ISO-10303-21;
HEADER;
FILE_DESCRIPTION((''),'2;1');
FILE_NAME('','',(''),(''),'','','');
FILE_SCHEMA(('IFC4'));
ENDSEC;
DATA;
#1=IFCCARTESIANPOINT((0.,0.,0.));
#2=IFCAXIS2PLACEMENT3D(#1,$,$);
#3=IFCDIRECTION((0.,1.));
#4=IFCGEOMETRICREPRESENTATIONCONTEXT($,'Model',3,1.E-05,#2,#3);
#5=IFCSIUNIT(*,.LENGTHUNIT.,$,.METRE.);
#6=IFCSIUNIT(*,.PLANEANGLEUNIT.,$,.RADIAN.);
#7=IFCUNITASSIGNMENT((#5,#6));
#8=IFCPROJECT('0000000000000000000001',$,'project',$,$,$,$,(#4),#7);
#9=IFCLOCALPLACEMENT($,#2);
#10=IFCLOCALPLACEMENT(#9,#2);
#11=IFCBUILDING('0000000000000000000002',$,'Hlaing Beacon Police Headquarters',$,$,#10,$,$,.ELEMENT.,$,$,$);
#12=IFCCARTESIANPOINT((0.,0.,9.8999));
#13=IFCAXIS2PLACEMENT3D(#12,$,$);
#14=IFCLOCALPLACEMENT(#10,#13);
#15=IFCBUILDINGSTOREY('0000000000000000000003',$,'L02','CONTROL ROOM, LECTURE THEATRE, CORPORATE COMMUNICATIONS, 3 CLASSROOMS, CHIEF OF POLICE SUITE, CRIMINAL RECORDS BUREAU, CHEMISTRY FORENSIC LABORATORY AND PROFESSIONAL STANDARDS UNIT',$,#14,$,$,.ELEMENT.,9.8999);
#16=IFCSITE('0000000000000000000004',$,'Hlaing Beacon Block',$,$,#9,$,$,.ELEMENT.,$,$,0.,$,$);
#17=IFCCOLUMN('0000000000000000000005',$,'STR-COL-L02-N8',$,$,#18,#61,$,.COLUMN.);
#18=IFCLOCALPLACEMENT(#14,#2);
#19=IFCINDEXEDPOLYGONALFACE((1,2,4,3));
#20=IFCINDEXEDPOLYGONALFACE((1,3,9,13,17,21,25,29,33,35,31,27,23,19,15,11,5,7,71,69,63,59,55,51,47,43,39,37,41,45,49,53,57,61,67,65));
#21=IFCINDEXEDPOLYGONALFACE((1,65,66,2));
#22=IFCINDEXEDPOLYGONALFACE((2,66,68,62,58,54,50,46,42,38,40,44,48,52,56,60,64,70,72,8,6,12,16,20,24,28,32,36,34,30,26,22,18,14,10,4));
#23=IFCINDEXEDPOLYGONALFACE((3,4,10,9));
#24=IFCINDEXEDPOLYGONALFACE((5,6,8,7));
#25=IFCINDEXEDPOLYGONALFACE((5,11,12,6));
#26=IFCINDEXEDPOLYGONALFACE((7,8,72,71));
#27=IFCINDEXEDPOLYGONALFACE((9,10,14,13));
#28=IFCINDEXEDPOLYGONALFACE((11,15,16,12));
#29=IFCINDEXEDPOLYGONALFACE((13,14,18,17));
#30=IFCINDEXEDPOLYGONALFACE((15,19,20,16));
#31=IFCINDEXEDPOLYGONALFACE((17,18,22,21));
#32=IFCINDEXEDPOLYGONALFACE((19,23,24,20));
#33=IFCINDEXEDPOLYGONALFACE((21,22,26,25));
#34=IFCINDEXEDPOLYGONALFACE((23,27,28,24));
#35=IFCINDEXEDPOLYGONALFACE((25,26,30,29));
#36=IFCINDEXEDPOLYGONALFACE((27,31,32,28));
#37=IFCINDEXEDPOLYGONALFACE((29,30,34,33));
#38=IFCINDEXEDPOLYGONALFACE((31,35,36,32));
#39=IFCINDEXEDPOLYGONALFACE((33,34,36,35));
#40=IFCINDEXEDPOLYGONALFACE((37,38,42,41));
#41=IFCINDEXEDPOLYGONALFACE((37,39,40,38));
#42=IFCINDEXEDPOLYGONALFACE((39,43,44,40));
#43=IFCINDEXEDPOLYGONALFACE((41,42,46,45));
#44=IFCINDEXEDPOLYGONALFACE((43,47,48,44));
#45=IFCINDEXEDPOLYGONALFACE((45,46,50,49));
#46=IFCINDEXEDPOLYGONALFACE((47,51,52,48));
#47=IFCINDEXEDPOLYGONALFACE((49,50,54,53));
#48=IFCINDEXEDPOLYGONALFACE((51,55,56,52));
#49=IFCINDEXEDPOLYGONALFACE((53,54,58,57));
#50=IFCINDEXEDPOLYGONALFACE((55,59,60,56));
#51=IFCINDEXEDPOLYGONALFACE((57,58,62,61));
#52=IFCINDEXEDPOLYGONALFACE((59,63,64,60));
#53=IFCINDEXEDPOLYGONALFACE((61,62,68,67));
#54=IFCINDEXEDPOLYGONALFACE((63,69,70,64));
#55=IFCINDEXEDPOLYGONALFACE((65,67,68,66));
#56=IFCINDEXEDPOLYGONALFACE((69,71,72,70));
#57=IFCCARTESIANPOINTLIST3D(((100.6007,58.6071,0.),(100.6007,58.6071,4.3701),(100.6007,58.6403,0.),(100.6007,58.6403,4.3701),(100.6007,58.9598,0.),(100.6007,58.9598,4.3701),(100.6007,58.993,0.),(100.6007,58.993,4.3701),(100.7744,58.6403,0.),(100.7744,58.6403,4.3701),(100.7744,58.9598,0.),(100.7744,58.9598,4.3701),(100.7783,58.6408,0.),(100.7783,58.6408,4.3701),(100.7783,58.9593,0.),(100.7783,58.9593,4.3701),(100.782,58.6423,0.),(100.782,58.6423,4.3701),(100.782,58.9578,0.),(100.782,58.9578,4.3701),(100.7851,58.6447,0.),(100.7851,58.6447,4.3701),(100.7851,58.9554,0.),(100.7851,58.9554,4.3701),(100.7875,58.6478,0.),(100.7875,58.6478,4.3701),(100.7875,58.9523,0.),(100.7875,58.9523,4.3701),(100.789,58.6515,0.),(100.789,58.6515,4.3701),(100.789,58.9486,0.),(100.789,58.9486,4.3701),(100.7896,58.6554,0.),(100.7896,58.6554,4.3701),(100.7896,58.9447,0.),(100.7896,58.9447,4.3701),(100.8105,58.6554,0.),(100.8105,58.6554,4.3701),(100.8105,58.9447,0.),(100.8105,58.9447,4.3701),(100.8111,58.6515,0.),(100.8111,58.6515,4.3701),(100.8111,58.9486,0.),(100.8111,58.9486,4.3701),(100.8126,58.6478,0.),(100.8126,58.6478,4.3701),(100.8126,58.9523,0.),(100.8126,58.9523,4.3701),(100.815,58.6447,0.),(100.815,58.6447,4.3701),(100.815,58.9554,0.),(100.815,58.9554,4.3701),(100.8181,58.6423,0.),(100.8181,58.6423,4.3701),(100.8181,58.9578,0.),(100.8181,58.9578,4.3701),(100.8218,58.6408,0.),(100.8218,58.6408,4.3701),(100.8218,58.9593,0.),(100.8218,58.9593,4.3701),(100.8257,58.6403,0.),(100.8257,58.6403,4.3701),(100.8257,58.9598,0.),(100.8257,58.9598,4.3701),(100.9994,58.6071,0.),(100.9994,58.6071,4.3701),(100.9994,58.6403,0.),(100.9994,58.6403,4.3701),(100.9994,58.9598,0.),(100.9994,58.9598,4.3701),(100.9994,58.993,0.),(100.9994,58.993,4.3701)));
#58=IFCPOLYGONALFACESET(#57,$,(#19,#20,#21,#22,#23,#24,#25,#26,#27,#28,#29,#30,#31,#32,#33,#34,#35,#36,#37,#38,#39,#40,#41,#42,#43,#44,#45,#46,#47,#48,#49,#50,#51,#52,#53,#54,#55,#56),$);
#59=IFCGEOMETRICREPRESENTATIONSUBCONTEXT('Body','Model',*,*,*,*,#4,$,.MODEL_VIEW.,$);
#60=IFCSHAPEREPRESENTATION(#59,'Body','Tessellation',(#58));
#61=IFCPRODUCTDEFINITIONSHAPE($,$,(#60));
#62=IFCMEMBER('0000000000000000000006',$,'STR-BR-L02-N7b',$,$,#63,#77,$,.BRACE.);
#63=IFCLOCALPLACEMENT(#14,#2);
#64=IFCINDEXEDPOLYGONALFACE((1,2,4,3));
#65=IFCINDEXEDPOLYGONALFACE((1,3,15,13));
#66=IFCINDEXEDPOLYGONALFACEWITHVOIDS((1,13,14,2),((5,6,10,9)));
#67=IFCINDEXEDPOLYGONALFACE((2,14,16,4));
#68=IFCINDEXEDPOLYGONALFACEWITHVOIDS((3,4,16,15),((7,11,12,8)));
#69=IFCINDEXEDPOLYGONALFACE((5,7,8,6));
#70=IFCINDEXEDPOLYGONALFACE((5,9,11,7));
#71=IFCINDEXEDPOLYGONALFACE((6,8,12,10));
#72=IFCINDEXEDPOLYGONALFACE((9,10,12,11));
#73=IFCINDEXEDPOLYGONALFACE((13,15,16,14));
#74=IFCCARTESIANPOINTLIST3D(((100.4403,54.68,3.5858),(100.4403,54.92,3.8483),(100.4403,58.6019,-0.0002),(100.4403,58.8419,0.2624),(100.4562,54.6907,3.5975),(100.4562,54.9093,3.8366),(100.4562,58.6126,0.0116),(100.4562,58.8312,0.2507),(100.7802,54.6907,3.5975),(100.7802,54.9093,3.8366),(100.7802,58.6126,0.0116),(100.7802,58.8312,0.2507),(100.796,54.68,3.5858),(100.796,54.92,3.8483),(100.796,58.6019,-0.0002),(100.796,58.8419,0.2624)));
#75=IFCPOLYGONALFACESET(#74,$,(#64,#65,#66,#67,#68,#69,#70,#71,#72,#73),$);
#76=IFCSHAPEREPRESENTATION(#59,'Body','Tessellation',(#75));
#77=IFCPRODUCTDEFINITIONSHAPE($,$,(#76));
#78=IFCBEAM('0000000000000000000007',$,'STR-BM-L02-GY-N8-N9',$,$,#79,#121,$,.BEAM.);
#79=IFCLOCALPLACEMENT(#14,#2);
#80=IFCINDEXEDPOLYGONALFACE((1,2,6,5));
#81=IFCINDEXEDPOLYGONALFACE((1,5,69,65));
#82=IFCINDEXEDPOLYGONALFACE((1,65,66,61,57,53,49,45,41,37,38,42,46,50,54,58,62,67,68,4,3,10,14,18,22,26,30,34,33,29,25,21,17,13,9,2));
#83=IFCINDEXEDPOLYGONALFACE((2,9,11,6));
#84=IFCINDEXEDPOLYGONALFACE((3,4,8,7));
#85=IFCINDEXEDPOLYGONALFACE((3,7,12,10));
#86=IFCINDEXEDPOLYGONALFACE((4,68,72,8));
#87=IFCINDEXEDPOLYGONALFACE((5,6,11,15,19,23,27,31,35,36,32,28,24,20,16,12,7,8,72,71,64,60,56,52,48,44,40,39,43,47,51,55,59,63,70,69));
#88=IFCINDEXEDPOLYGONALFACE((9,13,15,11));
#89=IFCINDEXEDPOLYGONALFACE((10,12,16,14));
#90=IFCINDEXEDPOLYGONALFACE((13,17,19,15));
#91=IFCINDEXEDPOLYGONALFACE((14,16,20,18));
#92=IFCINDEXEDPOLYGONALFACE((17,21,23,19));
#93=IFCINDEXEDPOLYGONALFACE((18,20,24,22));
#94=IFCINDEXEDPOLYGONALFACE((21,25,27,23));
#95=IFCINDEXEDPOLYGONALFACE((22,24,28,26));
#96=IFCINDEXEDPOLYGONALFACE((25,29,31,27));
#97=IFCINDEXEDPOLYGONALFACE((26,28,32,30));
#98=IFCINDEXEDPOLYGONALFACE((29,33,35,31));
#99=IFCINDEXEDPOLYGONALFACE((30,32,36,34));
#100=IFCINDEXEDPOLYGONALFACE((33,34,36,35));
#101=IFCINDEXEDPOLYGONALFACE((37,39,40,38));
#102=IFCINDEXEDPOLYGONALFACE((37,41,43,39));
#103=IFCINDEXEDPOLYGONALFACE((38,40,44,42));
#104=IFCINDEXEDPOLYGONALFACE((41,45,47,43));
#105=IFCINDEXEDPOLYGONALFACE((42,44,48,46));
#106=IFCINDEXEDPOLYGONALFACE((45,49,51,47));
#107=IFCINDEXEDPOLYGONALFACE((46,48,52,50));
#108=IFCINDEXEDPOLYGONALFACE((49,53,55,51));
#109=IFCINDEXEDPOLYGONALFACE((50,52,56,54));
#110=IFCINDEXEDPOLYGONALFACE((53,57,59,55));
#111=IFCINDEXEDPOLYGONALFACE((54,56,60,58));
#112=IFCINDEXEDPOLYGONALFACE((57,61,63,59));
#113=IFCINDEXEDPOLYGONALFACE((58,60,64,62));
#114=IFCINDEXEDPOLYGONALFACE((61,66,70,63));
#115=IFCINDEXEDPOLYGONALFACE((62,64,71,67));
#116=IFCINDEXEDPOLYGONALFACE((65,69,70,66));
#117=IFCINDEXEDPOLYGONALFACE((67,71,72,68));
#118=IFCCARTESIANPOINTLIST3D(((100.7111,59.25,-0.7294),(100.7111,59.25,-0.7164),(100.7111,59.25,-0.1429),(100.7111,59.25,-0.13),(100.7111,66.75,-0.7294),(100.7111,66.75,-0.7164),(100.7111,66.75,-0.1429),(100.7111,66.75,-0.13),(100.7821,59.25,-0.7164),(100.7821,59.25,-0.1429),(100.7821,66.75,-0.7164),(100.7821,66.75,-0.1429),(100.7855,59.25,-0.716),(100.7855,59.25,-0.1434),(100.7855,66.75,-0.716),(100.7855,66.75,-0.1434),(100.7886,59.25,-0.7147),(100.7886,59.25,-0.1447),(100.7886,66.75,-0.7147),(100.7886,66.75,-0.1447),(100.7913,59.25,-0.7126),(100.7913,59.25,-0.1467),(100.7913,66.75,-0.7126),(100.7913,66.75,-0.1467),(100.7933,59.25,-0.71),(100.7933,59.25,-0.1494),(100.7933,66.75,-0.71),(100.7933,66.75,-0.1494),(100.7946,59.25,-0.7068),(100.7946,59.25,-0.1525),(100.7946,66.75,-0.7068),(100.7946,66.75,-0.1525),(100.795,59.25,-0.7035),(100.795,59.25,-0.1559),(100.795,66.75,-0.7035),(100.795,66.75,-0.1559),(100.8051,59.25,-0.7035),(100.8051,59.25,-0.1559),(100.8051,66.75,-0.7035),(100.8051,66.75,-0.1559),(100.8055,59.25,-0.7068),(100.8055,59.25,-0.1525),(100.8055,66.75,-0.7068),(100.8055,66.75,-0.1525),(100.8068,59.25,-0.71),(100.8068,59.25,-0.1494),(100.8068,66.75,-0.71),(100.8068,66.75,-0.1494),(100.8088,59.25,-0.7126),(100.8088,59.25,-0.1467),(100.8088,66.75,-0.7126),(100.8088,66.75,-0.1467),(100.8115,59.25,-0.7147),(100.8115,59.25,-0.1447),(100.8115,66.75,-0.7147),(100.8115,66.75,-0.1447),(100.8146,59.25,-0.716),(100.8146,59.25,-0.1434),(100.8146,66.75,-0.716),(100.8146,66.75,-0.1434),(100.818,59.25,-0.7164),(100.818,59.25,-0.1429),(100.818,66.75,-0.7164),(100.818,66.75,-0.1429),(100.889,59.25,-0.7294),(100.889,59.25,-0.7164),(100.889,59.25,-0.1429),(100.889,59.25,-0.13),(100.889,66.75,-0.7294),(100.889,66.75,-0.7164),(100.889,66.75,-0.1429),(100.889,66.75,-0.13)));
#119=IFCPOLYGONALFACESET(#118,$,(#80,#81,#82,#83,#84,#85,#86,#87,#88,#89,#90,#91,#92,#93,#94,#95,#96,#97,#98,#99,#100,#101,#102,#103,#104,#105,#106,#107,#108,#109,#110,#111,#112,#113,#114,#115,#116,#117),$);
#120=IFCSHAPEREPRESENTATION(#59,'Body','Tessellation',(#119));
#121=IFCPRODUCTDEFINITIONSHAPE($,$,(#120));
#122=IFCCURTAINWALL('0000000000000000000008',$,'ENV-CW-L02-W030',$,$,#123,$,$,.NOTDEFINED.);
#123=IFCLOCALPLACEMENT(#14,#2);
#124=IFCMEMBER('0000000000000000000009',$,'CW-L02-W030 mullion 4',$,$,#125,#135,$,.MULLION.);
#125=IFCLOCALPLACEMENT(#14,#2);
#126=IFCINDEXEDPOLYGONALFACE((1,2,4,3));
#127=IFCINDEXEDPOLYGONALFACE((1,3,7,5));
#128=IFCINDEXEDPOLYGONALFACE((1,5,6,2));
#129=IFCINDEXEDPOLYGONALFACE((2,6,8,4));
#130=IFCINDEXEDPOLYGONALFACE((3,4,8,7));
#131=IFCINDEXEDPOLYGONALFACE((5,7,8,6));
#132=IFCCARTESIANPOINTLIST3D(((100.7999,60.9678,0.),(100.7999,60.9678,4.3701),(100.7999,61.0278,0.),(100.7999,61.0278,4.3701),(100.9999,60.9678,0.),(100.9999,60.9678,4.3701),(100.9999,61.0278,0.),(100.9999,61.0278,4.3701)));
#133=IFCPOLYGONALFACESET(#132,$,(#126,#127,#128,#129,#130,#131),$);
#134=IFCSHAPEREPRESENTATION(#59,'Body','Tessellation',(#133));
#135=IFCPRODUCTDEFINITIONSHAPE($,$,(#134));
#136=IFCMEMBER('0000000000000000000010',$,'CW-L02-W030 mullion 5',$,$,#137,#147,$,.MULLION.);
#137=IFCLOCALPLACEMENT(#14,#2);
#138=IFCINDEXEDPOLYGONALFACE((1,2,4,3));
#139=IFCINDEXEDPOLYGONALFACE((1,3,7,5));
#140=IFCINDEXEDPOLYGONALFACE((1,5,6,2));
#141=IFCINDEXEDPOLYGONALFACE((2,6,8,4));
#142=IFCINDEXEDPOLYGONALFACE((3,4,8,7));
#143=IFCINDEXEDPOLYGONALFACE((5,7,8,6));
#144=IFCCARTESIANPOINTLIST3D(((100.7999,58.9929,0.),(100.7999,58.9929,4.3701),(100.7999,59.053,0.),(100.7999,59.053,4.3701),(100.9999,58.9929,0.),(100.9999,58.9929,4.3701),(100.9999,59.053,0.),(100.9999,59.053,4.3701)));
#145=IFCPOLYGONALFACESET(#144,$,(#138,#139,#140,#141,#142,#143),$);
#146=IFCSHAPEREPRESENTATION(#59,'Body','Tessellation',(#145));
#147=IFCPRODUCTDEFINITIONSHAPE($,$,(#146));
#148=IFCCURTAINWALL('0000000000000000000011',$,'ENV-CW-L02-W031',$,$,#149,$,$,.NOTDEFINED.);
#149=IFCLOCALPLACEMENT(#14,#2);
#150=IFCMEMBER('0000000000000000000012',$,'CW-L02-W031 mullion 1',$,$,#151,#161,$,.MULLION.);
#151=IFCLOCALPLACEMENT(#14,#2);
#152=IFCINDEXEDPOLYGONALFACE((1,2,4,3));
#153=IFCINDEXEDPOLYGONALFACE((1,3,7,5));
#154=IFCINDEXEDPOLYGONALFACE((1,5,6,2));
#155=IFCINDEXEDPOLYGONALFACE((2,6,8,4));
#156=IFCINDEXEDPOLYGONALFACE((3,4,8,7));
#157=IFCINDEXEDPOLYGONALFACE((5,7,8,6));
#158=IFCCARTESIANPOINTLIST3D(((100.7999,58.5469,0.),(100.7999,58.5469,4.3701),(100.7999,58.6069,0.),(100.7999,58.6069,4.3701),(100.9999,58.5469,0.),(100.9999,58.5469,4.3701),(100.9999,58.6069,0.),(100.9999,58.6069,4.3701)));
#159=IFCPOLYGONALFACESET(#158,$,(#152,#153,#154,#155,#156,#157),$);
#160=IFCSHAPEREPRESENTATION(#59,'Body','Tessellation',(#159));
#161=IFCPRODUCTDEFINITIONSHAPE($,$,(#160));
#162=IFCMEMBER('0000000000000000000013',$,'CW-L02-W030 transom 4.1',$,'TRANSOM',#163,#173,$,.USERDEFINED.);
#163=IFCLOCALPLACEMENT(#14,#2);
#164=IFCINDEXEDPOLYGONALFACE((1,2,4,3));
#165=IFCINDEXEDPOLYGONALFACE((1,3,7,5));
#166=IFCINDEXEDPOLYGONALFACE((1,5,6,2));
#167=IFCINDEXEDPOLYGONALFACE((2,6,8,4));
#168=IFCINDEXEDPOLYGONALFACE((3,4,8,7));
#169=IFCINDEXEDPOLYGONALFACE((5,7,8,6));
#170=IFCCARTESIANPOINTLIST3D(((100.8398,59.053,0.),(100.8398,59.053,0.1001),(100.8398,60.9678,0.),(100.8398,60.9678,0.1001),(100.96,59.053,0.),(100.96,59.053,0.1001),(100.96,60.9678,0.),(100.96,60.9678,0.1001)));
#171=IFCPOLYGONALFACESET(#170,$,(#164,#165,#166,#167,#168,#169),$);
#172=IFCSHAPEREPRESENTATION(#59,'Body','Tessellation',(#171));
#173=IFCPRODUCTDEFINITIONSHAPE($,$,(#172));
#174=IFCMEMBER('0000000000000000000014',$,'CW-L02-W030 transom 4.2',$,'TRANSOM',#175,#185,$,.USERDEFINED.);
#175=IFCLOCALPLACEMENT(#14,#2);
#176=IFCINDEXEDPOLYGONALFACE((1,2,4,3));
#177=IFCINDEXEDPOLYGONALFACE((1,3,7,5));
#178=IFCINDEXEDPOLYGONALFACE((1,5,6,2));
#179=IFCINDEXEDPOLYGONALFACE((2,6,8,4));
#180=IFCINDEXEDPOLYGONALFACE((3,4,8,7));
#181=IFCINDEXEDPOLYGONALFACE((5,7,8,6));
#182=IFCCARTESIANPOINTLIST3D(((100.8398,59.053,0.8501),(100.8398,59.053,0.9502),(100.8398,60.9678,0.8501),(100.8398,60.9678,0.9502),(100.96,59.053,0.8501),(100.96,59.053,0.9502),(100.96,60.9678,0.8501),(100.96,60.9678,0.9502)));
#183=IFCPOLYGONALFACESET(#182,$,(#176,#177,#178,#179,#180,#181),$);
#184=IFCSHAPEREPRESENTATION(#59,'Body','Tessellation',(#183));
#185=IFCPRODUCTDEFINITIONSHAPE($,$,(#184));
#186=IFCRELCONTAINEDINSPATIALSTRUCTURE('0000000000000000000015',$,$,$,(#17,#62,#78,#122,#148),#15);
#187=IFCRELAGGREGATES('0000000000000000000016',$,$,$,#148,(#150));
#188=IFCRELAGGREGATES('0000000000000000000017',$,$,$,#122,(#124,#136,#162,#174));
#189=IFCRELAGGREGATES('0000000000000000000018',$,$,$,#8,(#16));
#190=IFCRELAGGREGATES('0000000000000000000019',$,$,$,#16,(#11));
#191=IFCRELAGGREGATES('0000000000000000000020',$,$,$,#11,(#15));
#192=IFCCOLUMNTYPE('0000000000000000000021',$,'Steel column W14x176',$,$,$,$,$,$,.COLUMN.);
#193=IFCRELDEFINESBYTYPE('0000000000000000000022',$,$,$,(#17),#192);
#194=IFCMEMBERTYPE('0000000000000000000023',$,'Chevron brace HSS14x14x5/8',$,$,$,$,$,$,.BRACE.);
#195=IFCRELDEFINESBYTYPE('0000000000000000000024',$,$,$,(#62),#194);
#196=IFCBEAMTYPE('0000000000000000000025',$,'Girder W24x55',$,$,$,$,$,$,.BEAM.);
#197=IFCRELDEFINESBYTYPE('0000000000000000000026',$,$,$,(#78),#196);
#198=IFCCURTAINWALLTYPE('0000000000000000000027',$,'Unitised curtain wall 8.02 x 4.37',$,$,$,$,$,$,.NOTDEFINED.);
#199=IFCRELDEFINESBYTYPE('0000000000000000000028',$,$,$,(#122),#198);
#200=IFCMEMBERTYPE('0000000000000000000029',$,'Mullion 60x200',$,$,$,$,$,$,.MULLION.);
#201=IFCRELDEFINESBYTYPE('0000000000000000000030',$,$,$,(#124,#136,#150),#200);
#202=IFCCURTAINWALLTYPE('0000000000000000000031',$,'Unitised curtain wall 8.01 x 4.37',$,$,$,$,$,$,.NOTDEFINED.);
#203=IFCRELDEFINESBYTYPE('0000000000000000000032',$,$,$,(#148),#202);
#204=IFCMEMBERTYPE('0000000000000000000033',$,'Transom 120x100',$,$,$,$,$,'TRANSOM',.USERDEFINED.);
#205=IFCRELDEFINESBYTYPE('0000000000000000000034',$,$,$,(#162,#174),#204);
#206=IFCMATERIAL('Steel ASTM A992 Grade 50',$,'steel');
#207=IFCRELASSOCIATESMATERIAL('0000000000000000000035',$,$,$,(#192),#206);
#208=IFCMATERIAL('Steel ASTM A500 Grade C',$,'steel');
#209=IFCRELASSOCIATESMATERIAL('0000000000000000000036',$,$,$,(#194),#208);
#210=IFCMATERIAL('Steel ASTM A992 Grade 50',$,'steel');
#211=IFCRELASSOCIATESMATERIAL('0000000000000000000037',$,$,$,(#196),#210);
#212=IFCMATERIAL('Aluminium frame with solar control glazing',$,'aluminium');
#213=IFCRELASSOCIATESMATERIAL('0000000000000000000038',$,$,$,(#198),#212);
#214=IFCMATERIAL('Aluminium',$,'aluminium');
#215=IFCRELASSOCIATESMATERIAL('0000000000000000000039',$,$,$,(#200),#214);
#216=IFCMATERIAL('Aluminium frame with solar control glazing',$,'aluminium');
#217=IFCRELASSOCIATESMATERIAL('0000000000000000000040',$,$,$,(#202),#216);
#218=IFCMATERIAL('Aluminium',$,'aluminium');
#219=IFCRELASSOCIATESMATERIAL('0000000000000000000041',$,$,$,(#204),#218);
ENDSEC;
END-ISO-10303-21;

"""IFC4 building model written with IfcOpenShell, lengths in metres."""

from ifc_helpers import new_model, si_unit, direction, frame, origin, origin_2d, place, context, subcontext, project, spatial, rectangle, hollow_rectangle, i_section, extrude, material, material_profile, profile_set, type_object, element, aggregate, save


model = new_model("IFC4")

# Units and contexts
model_context = context("Model", 3, precision=1e-05, world=origin(), true_north=direction((0.0, 1.0)))
body_context = subcontext(model_context, "Body", "Model", "MODEL_VIEW")
ifc_project = project(units=[si_unit("LENGTHUNIT", "METRE"), si_unit("PLANEANGLEUNIT", "RADIAN")], contexts=[model_context])

# Site, building, storey
site_placement = place(None, origin())
site = spatial("IfcSite", under=ifc_project, at=site_placement, Name="Hlaing Beacon Block", CompositionType="ELEMENT", RefElevation=0.0)
building_placement = place(site_placement, origin())
building = spatial("IfcBuilding", under=site, at=building_placement, Name="Hlaing Beacon Police Headquarters", CompositionType="ELEMENT")
storey_placement = place(building_placement, frame((0.0, 0.0, 9.8999)))
storey = spatial("IfcBuildingStorey", under=building, at=storey_placement, Name="L02", Description="CONTROL ROOM, LECTURE THEATRE, CORPORATE COMMUNICATIONS, 3 CLASSROOMS, CHIEF OF POLICE SUITE, CRIMINAL RECORDS BUREAU, CHEMISTRY FORENSIC LABORATORY AND PROFESSIONAL STANDARDS UNIT", CompositionType="ELEMENT", Elevation=9.8999)

# Column
ifc_material_1 = material(Name="Steel ASTM A992 Grade 50", Category="steel")
ifc_material_profile_1 = material_profile(ifc_material_1, i_section(OverallWidth=0.3987, OverallDepth=0.386, WebThickness=0.021, FlangeThickness=0.0332, FilletRadius=0.0151, at=origin_2d()), Name="W14x176")
ifc_profile_set_1 = profile_set([ifc_material_profile_1], Name="Steel ASTM A992 Grade 50")
column_type = type_object("IfcColumnType", Name="Steel column W14x176", PredefinedType="COLUMN", material=ifc_profile_set_1)
column_placement = place(storey_placement, frame((100.8, 58.8, 0.0), z_axis=(0.0, 0.0, 1.0), x_axis=(1.0, 0.0, 0.0)))
element("IfcColumn", 1, at=column_placement, inside=storey, type_object=column_type, Name="STR-COL-L02-N8", PredefinedType="COLUMN", context=body_context, shape_type="SweptSolid", body=[
    extrude(i_section(OverallWidth=0.3987, OverallDepth=0.386, WebThickness=0.021, FlangeThickness=0.0332, FilletRadius=0.0151, at=origin_2d()), origin(), (0.0, 0.0, 1.0), 4.3701),
])

# Member
ifc_material_2 = material(Name="Steel ASTM A500 Grade C", Category="steel")
ifc_material_profile_2 = material_profile(ifc_material_2, hollow_rectangle(XDim=0.3557, YDim=0.3557, WallThickness=0.0159, at=origin_2d()), Name="HSS14x14x5/8")
ifc_profile_set_2 = profile_set([ifc_material_profile_2], Name="Steel ASTM A500 Grade C")
member_type_1 = type_object("IfcMemberType", Name="Chevron brace HSS14x14x5/8", PredefinedType="BRACE", material=ifc_profile_set_2)
member_1_placement = place(storey_placement, frame((100.6182, 58.7219, 0.1311), z_axis=(0.0, -0.738008, 0.674792), x_axis=(1.0, 0.0, 0.0)))
element("IfcMember", 2, at=member_1_placement, inside=storey, type_object=member_type_1, Name="STR-BR-L02-N7b", PredefinedType="BRACE", context=body_context, shape_type="SweptSolid", body=[
    extrude(hollow_rectangle(XDim=0.3557, YDim=0.3557, WallThickness=0.0159, at=origin_2d()), origin(), (0.0, 0.0, 1.0), 5.3142),
])

# Beam
ifc_material_3 = material(Name="Steel ASTM A992 Grade 50", Category="steel")
ifc_material_profile_3 = material_profile(ifc_material_3, i_section(OverallWidth=0.178, OverallDepth=0.5994, WebThickness=0.01, FlangeThickness=0.0129, FilletRadius=0.0129, at=origin_2d()), Name="W24x55")
ifc_profile_set_3 = profile_set([ifc_material_profile_3], Name="Steel ASTM A992 Grade 50")
beam_type = type_object("IfcBeamType", Name="Girder W24x55", PredefinedType="BEAM", material=ifc_profile_set_3)
beam_placement = place(storey_placement, frame((100.8, 59.25, -0.4297), z_axis=(0.0, 1.0, 0.0), x_axis=(-1.0, 0.0, 0.0)))
element("IfcBeam", 3, at=beam_placement, inside=storey, type_object=beam_type, Name="STR-BM-L02-GY-N8-N9", PredefinedType="BEAM", context=body_context, shape_type="SweptSolid", body=[
    extrude(i_section(OverallWidth=0.178, OverallDepth=0.5994, WebThickness=0.01, FlangeThickness=0.0129, FilletRadius=0.0129, at=origin_2d()), origin(), (0.0, 0.0, 1.0), 7.5),
])

# Curtain wall, members
ifc_material_4 = material(Name="Aluminium frame with solar control glazing", Category="aluminium")
curtain_wall_type_1 = type_object("IfcCurtainWallType", Name="Unitised curtain wall 8.02 x 4.37", PredefinedType="NOTDEFINED", material=ifc_material_4)
curtain_wall_1_placement = place(storey_placement, origin())
curtain_wall_1 = element("IfcCurtainWall", 4, at=curtain_wall_1_placement, inside=storey, type_object=curtain_wall_type_1, Name="ENV-CW-L02-W030", PredefinedType="NOTDEFINED")
ifc_material_5 = material(Name="Aluminium", Category="aluminium")
ifc_material_profile_4 = material_profile(ifc_material_5, rectangle(XDim=0.2, YDim=0.0601, at=origin_2d()), Name="Mullion 60x200")
ifc_profile_set_4 = profile_set([ifc_material_profile_4], Name="Aluminium")
member_type_2 = type_object("IfcMemberType", Name="Mullion 60x200", PredefinedType="MULLION", material=ifc_profile_set_4)
member_2_placement = place(storey_placement, frame((100.8999, 60.9978, 0.0), z_axis=(0.0, 0.0, 1.0), x_axis=(1.0, 0.0, 0.0)))
member_2 = element("IfcMember", 5, at=member_2_placement, type_object=member_type_2, Name="CW-L02-W030 mullion 4", PredefinedType="MULLION", context=body_context, shape_type="SweptSolid", body=[
    extrude(rectangle(XDim=0.2, YDim=0.0601, at=origin_2d()), origin(), (0.0, 0.0, 1.0), 4.3701),
])
member_3_placement = place(storey_placement, frame((100.8999, 59.0229, 0.0), z_axis=(0.0, 0.0, 1.0), x_axis=(1.0, 0.0, 0.0)))
member_3 = element("IfcMember", 6, at=member_3_placement, type_object=member_type_2, Name="CW-L02-W030 mullion 5", PredefinedType="MULLION", context=body_context, shape_type="SweptSolid", body=[
    extrude(rectangle(XDim=0.2, YDim=0.0601, at=origin_2d()), origin(), (0.0, 0.0, 1.0), 4.3701),
])

# Curtain wall, member
ifc_material_6 = material(Name="Aluminium frame with solar control glazing", Category="aluminium")
curtain_wall_type_2 = type_object("IfcCurtainWallType", Name="Unitised curtain wall 8.01 x 4.37", PredefinedType="NOTDEFINED", material=ifc_material_6)
curtain_wall_2_placement = place(storey_placement, origin())
curtain_wall_2 = element("IfcCurtainWall", 7, at=curtain_wall_2_placement, inside=storey, type_object=curtain_wall_type_2, Name="ENV-CW-L02-W031", PredefinedType="NOTDEFINED")
member_4_placement = place(storey_placement, frame((100.8999, 58.5769, 0.0), z_axis=(0.0, 0.0, 1.0), x_axis=(1.0, 0.0, 0.0)))
member_4 = element("IfcMember", 8, at=member_4_placement, type_object=member_type_2, Name="CW-L02-W031 mullion 1", PredefinedType="MULLION", context=body_context, shape_type="SweptSolid", body=[
    extrude(rectangle(XDim=0.2, YDim=0.0601, at=origin_2d()), origin(), (0.0, 0.0, 1.0), 4.3701),
])

# Members
ifc_material_7 = material(Name="Aluminium", Category="aluminium")
ifc_material_profile_5 = material_profile(ifc_material_7, rectangle(XDim=0.1201, YDim=0.1001, at=origin_2d()), Name="Transom 120x100")
ifc_profile_set_5 = profile_set([ifc_material_profile_5], Name="Aluminium")
member_type_3 = type_object("IfcMemberType", Name="Transom 120x100", ElementType="TRANSOM", PredefinedType="USERDEFINED", material=ifc_profile_set_5)
member_5_placement = place(storey_placement, frame((100.8999, 60.9678, 0.05), z_axis=(0.0, -1.0, 0.0), x_axis=(1.0, 0.0, 0.0)))
member_5 = element("IfcMember", 9, at=member_5_placement, type_object=member_type_3, Name="CW-L02-W030 transom 4.1", ObjectType="TRANSOM", PredefinedType="USERDEFINED", context=body_context, shape_type="SweptSolid", body=[
    extrude(rectangle(XDim=0.1201, YDim=0.1001, at=origin_2d()), origin(), (0.0, 0.0, 1.0), 1.9148),
])
member_6_placement = place(storey_placement, frame((100.8999, 60.9678, 0.9001), z_axis=(0.0, -1.0, 0.0), x_axis=(1.0, 0.0, 0.0)))
member_6 = element("IfcMember", 10, at=member_6_placement, type_object=member_type_3, Name="CW-L02-W030 transom 4.2", ObjectType="TRANSOM", PredefinedType="USERDEFINED", context=body_context, shape_type="SweptSolid", body=[
    extrude(rectangle(XDim=0.1201, YDim=0.1001, at=origin_2d()), origin(), (0.0, 0.0, 1.0), 1.9148),
])
aggregate(curtain_wall_2, [member_4])

aggregate(curtain_wall_1, [member_2, member_3, member_5, member_6])

save(model, "model.ifc")
